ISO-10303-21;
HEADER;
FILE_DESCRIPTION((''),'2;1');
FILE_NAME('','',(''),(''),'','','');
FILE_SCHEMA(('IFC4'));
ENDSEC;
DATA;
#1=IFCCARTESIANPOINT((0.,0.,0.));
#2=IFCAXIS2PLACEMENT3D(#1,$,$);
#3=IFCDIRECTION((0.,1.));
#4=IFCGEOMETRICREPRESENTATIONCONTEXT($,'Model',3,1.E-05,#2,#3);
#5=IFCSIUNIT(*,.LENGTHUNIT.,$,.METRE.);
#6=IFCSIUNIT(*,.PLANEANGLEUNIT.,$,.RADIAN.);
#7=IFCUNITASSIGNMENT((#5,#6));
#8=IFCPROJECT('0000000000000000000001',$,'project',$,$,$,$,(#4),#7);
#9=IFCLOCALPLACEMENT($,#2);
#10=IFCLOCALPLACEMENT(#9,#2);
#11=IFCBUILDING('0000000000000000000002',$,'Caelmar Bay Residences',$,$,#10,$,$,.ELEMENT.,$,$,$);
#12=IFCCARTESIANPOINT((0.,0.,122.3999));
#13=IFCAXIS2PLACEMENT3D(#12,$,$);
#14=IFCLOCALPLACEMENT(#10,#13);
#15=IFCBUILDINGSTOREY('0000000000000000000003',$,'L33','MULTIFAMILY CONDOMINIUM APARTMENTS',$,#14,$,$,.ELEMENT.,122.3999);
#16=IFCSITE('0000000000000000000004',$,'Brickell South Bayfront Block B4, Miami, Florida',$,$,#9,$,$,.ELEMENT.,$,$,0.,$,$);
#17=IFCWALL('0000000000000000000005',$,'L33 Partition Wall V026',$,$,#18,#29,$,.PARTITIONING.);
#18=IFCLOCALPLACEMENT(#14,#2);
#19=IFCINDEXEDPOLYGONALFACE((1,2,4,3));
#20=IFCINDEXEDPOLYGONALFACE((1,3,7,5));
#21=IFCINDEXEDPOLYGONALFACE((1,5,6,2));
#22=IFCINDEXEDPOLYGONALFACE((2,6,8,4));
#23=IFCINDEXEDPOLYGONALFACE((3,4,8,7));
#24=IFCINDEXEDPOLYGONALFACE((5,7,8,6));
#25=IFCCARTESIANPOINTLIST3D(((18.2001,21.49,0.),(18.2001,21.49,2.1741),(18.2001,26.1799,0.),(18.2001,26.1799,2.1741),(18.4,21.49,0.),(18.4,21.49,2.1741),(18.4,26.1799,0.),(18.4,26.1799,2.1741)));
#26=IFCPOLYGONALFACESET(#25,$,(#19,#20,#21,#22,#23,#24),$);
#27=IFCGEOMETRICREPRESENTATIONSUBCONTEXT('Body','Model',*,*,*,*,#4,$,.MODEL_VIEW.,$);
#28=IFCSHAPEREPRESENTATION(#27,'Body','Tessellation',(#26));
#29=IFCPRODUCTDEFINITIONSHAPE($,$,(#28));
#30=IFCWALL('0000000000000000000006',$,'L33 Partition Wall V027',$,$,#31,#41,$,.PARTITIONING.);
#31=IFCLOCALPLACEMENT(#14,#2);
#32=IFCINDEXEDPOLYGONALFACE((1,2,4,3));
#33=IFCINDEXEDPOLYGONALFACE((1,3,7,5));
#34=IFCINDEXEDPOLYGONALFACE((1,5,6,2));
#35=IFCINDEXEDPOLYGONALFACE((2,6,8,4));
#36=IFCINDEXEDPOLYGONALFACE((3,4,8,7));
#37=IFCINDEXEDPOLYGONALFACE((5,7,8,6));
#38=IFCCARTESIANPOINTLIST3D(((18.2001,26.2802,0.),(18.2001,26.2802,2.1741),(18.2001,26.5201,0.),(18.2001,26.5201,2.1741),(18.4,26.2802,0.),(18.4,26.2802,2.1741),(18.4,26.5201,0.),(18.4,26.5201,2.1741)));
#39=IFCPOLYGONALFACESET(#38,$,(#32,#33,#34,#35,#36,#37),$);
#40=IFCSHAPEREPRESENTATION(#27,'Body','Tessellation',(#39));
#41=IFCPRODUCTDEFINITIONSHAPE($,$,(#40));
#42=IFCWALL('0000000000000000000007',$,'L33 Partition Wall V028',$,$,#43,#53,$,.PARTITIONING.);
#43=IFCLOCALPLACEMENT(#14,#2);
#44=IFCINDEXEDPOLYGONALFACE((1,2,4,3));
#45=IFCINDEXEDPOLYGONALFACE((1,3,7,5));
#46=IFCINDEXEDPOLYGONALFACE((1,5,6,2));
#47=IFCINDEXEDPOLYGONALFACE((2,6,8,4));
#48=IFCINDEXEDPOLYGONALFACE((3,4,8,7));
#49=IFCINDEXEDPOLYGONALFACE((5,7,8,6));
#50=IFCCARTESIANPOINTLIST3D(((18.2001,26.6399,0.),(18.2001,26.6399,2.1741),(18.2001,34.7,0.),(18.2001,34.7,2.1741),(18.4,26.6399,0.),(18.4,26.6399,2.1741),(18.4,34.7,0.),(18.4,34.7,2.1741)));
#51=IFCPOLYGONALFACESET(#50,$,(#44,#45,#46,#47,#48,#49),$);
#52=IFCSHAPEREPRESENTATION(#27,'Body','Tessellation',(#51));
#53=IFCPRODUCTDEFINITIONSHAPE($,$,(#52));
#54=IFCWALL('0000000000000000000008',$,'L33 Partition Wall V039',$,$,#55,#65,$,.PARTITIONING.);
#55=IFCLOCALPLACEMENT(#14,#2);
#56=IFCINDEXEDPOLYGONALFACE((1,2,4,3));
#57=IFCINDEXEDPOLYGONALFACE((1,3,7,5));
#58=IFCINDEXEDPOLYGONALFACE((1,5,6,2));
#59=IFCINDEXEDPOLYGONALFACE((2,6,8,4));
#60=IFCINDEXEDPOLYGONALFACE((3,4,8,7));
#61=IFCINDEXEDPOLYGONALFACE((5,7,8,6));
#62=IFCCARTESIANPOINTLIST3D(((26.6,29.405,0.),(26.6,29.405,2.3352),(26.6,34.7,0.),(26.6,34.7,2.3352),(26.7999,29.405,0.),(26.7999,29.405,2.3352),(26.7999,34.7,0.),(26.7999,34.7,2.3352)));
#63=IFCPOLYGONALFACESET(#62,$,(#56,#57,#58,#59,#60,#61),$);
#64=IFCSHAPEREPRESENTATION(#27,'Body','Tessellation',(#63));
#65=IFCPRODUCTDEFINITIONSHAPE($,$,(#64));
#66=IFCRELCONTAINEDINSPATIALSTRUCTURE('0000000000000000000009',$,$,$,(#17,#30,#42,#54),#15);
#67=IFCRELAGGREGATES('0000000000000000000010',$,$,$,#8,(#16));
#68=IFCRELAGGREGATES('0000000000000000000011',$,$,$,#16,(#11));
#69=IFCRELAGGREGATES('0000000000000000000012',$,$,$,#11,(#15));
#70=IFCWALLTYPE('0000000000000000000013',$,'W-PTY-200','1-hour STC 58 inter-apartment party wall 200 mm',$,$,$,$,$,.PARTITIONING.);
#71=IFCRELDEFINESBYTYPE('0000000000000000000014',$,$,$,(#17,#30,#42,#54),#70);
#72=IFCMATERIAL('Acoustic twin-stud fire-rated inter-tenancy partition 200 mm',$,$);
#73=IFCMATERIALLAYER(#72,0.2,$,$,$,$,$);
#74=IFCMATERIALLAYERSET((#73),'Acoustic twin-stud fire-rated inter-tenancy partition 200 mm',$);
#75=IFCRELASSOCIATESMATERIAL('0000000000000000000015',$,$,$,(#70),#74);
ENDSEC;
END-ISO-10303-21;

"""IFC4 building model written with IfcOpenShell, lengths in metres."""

from ifc_helpers import new_model, si_unit, direction, frame, frame_2d, origin, place, context, subcontext, project, spatial, rectangle, extrude, material, layer, layer_set, type_object, element, save


model = new_model("IFC4")

# Units and contexts
model_context = context("Model", 3, precision=1e-05, world=origin(), true_north=direction((0.0, 1.0)))
body_context = subcontext(model_context, "Body", "Model", "MODEL_VIEW")
ifc_project = project(units=[si_unit("LENGTHUNIT", "METRE"), si_unit("PLANEANGLEUNIT", "RADIAN")], contexts=[model_context])

# Site, building, storey
site_placement = place(None, origin())
site = spatial("IfcSite", under=ifc_project, at=site_placement, Name="Brickell South Bayfront Block B4, Miami, Florida", CompositionType="ELEMENT", RefElevation=0.0)
building_placement = place(site_placement, origin())
building = spatial("IfcBuilding", under=site, at=building_placement, Name="Caelmar Bay Residences", CompositionType="ELEMENT")
storey_placement = place(building_placement, frame((0.0, 0.0, 122.3999)))
storey = spatial("IfcBuildingStorey", under=building, at=storey_placement, Name="L33", Description="MULTIFAMILY CONDOMINIUM APARTMENTS", CompositionType="ELEMENT", Elevation=122.3999)

# Walls
ifc_material_1 = material(Name="Acoustic twin-stud fire-rated inter-tenancy partition 200 mm")
ifc_layer_1 = layer(ifc_material_1, 0.2)
ifc_layer_set_1 = layer_set([ifc_layer_1], Name="Acoustic twin-stud fire-rated inter-tenancy partition 200 mm")
wall_type_1 = type_object("IfcWallType", Name="W-PTY-200", Description="1-hour STC 58 inter-apartment party wall 200 mm", PredefinedType="PARTITIONING", material=ifc_layer_set_1)
wall_1_placement = place(storey_placement, frame((18.3, 21.49, 0.0), z_axis=(0.0, 0.0, 1.0), x_axis=(0.0, 1.0, 0.0)))
element("IfcWall", 1, at=wall_1_placement, inside=storey, type_object=wall_type_1, Name="L33 Partition Wall V026", PredefinedType="PARTITIONING", context=body_context, shape_type="SweptSolid", body=[
    extrude(rectangle(XDim=4.6899, YDim=0.2, at=frame_2d((2.345, 0.0))), origin(), (0.0, 0.0, 1.0), 2.1741),
])
wall_2_placement = place(storey_placement, frame((18.3, 26.28, 0.0), z_axis=(0.0, 0.0, 1.0), x_axis=(0.0, 1.0, 0.0)))
element("IfcWall", 2, at=wall_2_placement, inside=storey, type_object=wall_type_1, Name="L33 Partition Wall V027", PredefinedType="PARTITIONING", context=body_context, shape_type="SweptSolid", body=[
    extrude(rectangle(XDim=0.24, YDim=0.2, at=frame_2d((0.1201, 0.0))), origin(), (0.0, 0.0, 1.0), 2.1741),
])
wall_3_placement = place(storey_placement, frame((18.3, 26.6399, 0.0), z_axis=(0.0, 0.0, 1.0), x_axis=(0.0, 1.0, 0.0)))
element("IfcWall", 3, at=wall_3_placement, inside=storey, type_object=wall_type_1, Name="L33 Partition Wall V028", PredefinedType="PARTITIONING", context=body_context, shape_type="SweptSolid", body=[
    extrude(rectangle(XDim=8.0601, YDim=0.2, at=frame_2d((4.03, 0.0))), origin(), (0.0, 0.0, 1.0), 2.1741),
])
wall_4_placement = place(storey_placement, frame((26.7, 29.405, 0.0), z_axis=(0.0, 0.0, 1.0), x_axis=(0.0, 1.0, 0.0)))
element("IfcWall", 4, at=wall_4_placement, inside=storey, type_object=wall_type_1, Name="L33 Partition Wall V039", PredefinedType="PARTITIONING", context=body_context, shape_type="SweptSolid", body=[
    extrude(rectangle(XDim=5.2949, YDim=0.2, at=frame_2d((2.6475, 0.0))), origin(), (0.0, 0.0, 1.0), 2.3352),
])

save(model, "model.ifc")
